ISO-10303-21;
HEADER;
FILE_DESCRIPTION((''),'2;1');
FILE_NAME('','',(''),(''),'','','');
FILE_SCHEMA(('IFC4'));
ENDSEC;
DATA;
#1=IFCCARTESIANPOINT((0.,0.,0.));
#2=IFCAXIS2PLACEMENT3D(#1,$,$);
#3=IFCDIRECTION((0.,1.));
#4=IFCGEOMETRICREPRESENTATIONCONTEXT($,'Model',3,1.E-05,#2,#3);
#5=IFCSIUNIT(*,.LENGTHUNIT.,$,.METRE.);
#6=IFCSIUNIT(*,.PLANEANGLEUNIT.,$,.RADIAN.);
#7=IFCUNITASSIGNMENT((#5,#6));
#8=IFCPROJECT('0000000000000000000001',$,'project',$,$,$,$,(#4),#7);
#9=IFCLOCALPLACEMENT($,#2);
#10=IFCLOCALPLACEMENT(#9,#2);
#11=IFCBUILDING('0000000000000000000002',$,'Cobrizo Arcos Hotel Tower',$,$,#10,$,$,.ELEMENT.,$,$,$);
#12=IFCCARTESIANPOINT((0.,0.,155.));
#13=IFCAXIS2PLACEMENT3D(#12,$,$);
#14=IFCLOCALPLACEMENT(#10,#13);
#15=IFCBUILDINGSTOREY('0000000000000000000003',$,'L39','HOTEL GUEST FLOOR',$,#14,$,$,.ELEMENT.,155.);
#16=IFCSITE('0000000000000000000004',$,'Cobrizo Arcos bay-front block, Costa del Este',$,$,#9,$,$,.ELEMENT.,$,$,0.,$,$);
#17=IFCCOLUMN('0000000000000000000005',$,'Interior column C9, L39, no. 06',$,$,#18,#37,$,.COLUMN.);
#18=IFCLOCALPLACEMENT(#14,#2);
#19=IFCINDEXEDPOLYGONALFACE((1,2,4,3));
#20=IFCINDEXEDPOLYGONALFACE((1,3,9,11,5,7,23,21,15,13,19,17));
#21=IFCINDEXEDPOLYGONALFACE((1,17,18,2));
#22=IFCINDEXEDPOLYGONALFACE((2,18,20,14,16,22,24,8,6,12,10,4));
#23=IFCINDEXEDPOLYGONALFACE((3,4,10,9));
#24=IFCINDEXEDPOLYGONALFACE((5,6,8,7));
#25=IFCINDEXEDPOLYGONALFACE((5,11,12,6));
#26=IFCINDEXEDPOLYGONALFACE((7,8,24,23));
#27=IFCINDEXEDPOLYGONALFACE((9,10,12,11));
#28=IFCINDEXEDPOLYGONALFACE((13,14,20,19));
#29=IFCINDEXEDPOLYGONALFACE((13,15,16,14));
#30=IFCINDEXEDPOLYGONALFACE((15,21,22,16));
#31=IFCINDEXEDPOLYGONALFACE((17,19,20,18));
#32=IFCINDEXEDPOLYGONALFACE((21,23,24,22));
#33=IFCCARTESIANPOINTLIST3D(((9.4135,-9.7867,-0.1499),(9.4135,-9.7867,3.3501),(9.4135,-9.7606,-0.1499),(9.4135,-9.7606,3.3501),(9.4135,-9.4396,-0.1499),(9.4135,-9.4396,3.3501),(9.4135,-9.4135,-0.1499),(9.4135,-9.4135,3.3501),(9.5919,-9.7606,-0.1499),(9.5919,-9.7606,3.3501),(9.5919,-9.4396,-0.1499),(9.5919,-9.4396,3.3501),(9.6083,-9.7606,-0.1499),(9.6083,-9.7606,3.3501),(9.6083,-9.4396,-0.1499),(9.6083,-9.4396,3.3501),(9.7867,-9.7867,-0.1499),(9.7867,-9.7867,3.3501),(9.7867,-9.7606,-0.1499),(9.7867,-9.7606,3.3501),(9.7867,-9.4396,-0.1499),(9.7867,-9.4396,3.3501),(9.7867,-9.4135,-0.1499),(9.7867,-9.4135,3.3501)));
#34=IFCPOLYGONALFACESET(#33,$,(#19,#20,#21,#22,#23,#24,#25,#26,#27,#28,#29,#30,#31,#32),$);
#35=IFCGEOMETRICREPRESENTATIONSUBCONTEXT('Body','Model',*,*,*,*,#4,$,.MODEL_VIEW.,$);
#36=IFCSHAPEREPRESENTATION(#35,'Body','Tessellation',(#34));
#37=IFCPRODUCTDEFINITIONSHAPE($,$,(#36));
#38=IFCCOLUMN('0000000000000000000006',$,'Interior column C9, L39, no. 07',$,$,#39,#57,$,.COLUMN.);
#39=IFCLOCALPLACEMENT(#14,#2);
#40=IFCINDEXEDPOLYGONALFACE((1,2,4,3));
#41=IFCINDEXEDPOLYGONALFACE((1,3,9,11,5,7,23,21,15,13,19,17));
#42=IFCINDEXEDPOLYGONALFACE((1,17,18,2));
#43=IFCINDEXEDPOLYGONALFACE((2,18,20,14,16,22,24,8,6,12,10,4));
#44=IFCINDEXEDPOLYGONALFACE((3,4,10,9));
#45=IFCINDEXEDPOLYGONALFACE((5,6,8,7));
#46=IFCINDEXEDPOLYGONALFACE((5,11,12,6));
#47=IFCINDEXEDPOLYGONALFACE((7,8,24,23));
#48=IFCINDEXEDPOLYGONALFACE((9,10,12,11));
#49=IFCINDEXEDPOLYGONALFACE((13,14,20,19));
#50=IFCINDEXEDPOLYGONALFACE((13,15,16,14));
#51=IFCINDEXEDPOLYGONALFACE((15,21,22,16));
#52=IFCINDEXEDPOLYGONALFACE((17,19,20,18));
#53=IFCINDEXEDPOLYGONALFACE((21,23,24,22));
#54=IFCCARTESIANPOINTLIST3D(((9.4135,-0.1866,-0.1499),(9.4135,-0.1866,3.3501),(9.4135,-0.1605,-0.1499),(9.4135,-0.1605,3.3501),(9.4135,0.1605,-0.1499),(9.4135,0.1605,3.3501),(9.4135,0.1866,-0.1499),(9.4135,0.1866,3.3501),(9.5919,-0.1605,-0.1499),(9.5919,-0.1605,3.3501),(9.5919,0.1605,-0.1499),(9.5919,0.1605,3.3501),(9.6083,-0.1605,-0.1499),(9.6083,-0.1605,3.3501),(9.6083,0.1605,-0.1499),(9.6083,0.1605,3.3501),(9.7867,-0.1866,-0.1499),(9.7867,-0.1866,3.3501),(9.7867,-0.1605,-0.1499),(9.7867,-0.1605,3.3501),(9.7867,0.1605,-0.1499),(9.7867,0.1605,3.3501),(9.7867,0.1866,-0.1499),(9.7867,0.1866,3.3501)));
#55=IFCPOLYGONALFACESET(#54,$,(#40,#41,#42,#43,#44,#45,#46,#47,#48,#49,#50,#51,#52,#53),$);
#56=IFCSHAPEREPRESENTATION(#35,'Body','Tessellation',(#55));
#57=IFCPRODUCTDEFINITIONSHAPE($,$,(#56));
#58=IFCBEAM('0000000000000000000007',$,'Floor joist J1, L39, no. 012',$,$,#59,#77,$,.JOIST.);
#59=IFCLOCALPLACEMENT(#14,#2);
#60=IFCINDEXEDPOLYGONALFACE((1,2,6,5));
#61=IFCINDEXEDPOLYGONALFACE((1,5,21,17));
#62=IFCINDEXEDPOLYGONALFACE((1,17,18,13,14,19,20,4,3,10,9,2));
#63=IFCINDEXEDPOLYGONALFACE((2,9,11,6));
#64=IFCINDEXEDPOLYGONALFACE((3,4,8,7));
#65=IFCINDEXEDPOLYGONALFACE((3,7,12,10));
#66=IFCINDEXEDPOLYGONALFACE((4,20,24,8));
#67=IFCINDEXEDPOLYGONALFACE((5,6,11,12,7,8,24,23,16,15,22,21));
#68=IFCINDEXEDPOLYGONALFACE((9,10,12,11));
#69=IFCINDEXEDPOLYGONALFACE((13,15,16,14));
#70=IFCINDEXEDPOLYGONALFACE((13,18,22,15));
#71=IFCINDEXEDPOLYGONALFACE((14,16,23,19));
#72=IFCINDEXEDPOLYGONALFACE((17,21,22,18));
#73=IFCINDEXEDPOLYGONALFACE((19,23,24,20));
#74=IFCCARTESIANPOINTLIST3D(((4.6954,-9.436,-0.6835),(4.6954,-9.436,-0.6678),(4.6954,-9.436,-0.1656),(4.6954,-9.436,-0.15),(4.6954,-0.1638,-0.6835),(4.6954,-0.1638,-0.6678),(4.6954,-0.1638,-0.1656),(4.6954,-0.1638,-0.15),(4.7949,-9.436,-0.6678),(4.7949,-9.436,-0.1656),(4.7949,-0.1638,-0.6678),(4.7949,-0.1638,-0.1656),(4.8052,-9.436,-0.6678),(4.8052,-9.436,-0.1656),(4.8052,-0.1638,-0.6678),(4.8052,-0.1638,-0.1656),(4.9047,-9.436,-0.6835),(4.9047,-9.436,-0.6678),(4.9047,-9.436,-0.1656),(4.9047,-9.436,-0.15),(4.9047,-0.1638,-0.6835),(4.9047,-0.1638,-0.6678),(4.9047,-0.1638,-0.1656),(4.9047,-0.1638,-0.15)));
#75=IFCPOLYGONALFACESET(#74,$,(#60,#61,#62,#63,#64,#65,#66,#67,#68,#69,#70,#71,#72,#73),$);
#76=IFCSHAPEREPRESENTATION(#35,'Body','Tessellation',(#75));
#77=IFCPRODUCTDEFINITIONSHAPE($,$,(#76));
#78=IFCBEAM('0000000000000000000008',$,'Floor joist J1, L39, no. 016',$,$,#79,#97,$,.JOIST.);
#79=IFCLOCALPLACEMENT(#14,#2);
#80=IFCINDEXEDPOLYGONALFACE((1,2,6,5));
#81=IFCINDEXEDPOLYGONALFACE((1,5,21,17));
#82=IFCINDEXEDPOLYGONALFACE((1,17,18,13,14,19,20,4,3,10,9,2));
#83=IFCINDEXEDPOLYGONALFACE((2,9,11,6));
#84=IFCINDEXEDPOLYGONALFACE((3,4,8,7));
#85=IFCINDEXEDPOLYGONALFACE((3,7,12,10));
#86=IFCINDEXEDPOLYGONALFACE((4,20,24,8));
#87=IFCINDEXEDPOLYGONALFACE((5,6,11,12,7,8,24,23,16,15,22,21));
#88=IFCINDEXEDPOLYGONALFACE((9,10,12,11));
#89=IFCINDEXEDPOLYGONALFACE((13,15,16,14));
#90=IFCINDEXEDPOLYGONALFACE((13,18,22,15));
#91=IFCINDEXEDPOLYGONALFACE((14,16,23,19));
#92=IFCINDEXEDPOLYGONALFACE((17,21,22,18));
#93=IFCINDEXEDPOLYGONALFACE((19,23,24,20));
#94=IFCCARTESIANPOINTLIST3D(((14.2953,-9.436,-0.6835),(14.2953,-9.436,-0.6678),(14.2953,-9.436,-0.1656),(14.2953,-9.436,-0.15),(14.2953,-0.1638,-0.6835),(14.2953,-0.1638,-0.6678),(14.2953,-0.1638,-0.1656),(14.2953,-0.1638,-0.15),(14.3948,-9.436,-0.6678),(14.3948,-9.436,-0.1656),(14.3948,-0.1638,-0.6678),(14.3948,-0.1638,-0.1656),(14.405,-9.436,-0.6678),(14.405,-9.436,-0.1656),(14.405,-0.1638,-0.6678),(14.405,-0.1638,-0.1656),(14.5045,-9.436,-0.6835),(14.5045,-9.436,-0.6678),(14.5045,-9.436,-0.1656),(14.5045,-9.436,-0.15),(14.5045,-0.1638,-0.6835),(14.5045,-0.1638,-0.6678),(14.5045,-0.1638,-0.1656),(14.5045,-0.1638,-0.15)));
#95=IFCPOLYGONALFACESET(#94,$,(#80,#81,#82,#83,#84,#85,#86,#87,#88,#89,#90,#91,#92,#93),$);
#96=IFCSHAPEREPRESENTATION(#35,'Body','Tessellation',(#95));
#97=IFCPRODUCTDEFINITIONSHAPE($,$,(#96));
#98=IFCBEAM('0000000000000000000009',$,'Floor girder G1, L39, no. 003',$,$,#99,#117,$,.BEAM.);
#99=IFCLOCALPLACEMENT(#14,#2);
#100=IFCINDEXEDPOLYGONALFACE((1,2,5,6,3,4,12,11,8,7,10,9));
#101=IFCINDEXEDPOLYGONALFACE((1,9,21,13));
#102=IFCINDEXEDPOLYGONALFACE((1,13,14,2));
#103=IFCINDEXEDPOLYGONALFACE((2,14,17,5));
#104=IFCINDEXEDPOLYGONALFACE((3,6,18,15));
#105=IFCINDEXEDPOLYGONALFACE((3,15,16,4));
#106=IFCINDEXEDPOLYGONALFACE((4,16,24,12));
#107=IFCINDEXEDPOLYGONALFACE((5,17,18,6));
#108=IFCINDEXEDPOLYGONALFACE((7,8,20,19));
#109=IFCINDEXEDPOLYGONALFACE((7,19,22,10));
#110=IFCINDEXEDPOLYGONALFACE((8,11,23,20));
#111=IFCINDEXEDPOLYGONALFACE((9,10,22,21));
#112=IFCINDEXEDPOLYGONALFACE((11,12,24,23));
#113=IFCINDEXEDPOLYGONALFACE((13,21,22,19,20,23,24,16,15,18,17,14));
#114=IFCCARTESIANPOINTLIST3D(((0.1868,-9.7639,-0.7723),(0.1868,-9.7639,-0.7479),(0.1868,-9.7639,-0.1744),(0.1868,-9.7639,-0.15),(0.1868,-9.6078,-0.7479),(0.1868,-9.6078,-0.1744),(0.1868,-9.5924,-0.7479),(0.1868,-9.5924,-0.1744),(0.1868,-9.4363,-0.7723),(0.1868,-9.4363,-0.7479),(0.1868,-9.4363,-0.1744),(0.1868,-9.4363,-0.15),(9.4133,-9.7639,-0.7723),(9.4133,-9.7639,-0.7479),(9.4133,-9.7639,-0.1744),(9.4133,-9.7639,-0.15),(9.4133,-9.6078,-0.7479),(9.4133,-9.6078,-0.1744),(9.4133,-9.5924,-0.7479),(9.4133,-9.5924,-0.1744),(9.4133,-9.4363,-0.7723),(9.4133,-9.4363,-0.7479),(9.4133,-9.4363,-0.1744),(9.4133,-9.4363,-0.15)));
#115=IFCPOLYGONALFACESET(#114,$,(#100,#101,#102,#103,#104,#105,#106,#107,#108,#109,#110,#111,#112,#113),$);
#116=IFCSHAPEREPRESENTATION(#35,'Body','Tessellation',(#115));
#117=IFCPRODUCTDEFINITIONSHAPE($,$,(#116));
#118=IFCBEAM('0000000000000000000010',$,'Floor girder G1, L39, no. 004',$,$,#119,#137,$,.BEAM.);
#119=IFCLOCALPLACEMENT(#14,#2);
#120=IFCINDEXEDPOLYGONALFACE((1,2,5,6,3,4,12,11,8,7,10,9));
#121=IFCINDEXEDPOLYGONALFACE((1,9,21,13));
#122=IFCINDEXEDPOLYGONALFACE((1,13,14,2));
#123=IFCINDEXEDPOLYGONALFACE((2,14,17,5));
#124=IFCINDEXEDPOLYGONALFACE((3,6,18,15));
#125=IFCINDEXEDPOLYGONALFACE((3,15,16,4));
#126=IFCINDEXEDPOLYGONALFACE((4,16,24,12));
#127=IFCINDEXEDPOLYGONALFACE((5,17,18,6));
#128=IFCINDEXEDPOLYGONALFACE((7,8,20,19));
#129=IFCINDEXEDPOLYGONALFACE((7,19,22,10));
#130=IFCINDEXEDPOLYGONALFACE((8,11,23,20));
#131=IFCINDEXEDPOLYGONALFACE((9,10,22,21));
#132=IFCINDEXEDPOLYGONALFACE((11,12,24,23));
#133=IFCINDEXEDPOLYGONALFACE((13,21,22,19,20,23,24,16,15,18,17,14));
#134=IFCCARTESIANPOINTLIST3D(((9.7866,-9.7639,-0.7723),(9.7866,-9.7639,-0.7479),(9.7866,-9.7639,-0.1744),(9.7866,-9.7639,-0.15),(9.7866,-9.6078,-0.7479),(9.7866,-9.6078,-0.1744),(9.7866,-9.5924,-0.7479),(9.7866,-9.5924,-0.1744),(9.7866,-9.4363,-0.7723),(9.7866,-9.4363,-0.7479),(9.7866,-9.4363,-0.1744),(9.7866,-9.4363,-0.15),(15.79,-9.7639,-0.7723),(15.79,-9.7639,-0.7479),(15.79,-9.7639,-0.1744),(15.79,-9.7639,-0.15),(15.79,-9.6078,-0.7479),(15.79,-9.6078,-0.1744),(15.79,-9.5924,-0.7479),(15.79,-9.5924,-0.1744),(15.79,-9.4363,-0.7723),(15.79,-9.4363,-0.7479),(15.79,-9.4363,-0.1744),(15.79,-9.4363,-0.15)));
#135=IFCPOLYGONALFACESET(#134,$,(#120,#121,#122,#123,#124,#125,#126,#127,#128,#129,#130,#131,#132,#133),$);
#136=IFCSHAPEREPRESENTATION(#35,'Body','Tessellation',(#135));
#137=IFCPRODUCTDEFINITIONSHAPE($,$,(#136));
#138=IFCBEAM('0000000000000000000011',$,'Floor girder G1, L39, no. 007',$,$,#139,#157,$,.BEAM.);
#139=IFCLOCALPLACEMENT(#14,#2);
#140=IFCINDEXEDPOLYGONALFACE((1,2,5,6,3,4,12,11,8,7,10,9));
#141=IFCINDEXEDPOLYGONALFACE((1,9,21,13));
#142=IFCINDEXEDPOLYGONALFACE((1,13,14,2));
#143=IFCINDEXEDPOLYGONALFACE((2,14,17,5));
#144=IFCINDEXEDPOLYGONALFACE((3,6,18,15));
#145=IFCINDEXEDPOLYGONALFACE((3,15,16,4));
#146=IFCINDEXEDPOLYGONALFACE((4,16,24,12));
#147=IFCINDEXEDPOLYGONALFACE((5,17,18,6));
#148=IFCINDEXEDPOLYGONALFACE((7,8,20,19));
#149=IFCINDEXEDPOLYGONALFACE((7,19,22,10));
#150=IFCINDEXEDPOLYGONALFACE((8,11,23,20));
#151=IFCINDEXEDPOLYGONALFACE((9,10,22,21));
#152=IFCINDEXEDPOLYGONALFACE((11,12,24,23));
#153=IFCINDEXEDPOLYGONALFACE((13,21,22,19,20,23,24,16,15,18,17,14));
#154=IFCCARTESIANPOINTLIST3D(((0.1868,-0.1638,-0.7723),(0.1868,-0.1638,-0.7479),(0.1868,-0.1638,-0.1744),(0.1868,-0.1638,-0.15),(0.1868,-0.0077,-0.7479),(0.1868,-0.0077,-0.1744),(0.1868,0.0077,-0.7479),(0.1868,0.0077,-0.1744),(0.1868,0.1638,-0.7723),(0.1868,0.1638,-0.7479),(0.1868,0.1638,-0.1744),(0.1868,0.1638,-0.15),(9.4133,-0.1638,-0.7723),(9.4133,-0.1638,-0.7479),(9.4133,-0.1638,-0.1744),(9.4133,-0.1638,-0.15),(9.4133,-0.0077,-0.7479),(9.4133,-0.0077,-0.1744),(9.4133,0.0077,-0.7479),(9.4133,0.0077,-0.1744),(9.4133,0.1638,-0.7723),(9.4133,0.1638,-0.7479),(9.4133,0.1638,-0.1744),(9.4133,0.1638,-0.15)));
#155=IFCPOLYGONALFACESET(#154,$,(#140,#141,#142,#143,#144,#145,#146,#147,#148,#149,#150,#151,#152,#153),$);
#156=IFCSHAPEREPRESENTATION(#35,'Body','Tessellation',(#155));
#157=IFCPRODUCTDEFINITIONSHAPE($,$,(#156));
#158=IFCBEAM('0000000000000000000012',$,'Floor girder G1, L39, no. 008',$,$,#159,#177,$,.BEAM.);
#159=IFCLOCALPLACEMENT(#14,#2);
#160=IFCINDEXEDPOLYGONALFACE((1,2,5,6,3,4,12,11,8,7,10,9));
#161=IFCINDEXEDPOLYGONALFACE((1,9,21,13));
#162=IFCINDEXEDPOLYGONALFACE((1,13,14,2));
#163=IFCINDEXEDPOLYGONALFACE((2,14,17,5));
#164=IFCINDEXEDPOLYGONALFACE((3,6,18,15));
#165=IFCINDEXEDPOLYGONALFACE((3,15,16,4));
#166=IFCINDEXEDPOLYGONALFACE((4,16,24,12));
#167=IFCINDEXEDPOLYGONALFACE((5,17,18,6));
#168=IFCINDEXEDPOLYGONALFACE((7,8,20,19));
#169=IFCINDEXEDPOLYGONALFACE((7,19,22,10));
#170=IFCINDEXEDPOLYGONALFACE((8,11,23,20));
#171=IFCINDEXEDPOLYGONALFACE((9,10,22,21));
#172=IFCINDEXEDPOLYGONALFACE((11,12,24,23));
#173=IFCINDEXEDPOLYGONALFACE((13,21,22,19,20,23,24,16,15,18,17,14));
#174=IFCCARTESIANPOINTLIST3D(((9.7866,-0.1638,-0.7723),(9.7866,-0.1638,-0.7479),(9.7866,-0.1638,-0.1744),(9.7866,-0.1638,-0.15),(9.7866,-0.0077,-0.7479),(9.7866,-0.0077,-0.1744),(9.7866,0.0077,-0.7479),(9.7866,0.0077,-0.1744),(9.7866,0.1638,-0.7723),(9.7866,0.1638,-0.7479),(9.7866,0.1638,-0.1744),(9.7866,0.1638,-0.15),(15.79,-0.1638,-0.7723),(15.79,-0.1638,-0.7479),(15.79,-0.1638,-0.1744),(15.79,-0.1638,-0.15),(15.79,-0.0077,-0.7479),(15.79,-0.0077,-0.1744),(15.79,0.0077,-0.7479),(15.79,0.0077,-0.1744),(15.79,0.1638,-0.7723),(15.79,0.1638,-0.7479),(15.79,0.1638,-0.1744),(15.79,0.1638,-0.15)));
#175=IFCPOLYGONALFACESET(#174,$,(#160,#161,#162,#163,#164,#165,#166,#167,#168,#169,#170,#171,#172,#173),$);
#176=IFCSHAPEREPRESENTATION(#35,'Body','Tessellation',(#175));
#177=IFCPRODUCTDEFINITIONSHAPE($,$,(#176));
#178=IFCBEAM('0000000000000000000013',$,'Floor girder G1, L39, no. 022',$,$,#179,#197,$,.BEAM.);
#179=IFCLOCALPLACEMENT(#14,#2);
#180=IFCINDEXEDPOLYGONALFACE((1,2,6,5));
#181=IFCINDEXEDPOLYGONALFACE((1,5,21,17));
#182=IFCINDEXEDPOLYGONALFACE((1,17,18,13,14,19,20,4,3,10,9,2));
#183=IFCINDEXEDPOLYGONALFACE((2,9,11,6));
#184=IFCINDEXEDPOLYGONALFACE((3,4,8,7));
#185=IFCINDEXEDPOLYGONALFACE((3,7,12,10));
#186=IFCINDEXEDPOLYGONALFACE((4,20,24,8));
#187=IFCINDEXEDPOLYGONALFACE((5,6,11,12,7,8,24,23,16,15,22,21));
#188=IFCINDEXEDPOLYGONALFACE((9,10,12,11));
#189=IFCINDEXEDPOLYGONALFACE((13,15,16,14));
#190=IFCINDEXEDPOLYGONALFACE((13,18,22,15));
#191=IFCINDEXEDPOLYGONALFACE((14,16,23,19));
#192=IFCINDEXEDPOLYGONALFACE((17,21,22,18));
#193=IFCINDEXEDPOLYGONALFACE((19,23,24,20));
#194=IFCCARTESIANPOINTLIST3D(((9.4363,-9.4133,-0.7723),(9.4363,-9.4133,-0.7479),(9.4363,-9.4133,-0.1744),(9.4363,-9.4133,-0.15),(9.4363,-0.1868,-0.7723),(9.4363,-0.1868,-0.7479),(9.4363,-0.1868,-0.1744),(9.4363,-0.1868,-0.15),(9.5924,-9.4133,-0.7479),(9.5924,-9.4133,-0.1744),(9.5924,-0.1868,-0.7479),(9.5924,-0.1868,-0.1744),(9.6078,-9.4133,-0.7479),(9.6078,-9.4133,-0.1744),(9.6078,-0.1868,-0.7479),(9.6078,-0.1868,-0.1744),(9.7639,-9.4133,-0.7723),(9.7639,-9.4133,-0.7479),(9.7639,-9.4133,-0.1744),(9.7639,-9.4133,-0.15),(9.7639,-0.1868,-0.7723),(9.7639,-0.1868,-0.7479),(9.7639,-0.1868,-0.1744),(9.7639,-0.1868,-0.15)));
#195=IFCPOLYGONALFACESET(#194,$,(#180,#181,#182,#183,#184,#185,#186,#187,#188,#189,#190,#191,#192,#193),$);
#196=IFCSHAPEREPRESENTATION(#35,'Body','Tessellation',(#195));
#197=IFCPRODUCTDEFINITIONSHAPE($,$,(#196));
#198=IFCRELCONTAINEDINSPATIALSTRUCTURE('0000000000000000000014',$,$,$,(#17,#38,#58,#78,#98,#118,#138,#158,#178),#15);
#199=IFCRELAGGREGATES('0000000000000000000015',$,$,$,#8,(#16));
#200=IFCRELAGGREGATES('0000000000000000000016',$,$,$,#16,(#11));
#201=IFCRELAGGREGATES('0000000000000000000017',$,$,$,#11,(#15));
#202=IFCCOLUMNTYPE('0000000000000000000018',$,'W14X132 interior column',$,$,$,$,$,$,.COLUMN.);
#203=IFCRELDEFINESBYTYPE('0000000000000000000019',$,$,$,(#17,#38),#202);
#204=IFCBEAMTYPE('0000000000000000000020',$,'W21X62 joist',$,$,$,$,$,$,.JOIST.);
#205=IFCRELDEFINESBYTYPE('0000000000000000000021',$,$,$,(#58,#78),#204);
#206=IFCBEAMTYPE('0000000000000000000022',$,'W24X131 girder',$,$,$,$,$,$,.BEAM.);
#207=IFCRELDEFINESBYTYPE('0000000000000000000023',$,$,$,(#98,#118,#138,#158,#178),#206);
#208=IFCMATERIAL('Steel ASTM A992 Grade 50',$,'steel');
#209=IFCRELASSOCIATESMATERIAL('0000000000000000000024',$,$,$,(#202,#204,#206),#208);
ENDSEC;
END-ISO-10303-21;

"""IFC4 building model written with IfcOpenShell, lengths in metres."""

from ifc_helpers import new_model, si_unit, direction, frame, origin, origin_2d, place, context, subcontext, project, spatial, i_section, extrude, material, material_profile, profile_set, type_object, element, save


model = new_model("IFC4")

# Units and contexts
model_context = context("Model", 3, precision=1e-05, world=origin(), true_north=direction((0.0, 1.0)))
body_context = subcontext(model_context, "Body", "Model", "MODEL_VIEW")
ifc_project = project(units=[si_unit("LENGTHUNIT", "METRE"), si_unit("PLANEANGLEUNIT", "RADIAN")], contexts=[model_context])

# Site, building, storey
site_placement = place(None, origin())
site = spatial("IfcSite", under=ifc_project, at=site_placement, Name="Cobrizo Arcos bay-front block, Costa del Este", CompositionType="ELEMENT", RefElevation=0.0)
building_placement = place(site_placement, origin())
building = spatial("IfcBuilding", under=site, at=building_placement, Name="Cobrizo Arcos Hotel Tower", CompositionType="ELEMENT")
storey_placement = place(building_placement, frame((0.0, 0.0, 155.0)))
storey = spatial("IfcBuildingStorey", under=building, at=storey_placement, Name="L39", Description="HOTEL GUEST FLOOR", CompositionType="ELEMENT", Elevation=155.0)

# Columns
ifc_material_1 = material(Name="Steel ASTM A992 Grade 50", Category="steel")
ifc_material_profile_1 = material_profile(ifc_material_1, i_section(OverallWidth=0.3733, OverallDepth=0.3733, WebThickness=0.0164, FlangeThickness=0.0261, at=origin_2d()), Name="W14X132")
ifc_profile_set_1 = profile_set([ifc_material_profile_1], Name="Steel ASTM A992 Grade 50")
column_type = type_object("IfcColumnType", Name="W14X132 interior column", PredefinedType="COLUMN", material=ifc_profile_set_1)
for number, where, z_axis, x_axis, name in (
    (1, (9.6001, -9.6001, -0.1499), (0.0, 0.0, 1.0), (1.0, 0.0, 0.0), "Interior column C9, L39, no. 06"),
    (2, (9.6001, 0.0, -0.1499), (0.0, 0.0, 1.0), (1.0, 0.0, 0.0), "Interior column C9, L39, no. 07"),
):
    element("IfcColumn", number, at=place(storey_placement, frame(where, z_axis=z_axis, x_axis=x_axis)), inside=storey, type_object=column_type, Name=name, PredefinedType="COLUMN", context=body_context, shape_type="SweptSolid", body=[
        extrude(i_section(OverallWidth=0.3733, OverallDepth=0.3733, WebThickness=0.0164, FlangeThickness=0.0261, at=origin_2d()), origin(), (0.0, 0.0, 1.0), 3.5),
    ])

# Beams
ifc_material_profile_2 = material_profile(ifc_material_1, i_section(OverallWidth=0.2092, OverallDepth=0.5334, WebThickness=0.0103, FlangeThickness=0.0156, at=origin_2d()), Name="W21X62")
ifc_profile_set_2 = profile_set([ifc_material_profile_2], Name="Steel ASTM A992 Grade 50")
beam_type_1 = type_object("IfcBeamType", Name="W21X62 joist", PredefinedType="JOIST", material=ifc_profile_set_2)
for number, where, z_axis, x_axis, name in (
    (3, (4.8, -9.436, -0.4167), (0.0, 1.0, 0.0), (-1.0, 0.0, 0.0), "Floor joist J1, L39, no. 012"),
    (4, (14.3999, -9.436, -0.4167), (0.0, 1.0, 0.0), (-1.0, 0.0, 0.0), "Floor joist J1, L39, no. 016"),
):
    element("IfcBeam", number, at=place(storey_placement, frame(where, z_axis=z_axis, x_axis=x_axis)), inside=storey, type_object=beam_type_1, Name=name, PredefinedType="JOIST", context=body_context, shape_type="SweptSolid", body=[
        extrude(i_section(OverallWidth=0.2092, OverallDepth=0.5334, WebThickness=0.0103, FlangeThickness=0.0156, at=origin_2d()), origin(), (0.0, 0.0, 1.0), 9.2722),
    ])
ifc_material_profile_3 = material_profile(ifc_material_1, i_section(OverallWidth=0.3276, OverallDepth=0.6223, WebThickness=0.0154, FlangeThickness=0.0244, at=origin_2d()), Name="W24X131")
ifc_profile_set_3 = profile_set([ifc_material_profile_3], Name="Steel ASTM A992 Grade 50")
beam_type_2 = type_object("IfcBeamType", Name="W24X131 girder", PredefinedType="BEAM", material=ifc_profile_set_3)
beam_1_placement = place(storey_placement, frame((0.1868, -9.6001, -0.4612), z_axis=(1.0, 0.0, 0.0), x_axis=(0.0, 1.0, 0.0)))
element("IfcBeam", 5, at=beam_1_placement, inside=storey, type_object=beam_type_2, Name="Floor girder G1, L39, no. 003", PredefinedType="BEAM", context=body_context, shape_type="SweptSolid", body=[
    extrude(i_section(OverallWidth=0.3276, OverallDepth=0.6223, WebThickness=0.0154, FlangeThickness=0.0244, at=origin_2d()), origin(), (0.0, 0.0, 1.0), 9.2266),
])
beam_2_placement = place(storey_placement, frame((9.7866, -9.6001, -0.4612), z_axis=(1.0, 0.0, 0.0), x_axis=(0.0, 1.0, 0.0)))
element("IfcBeam", 6, at=beam_2_placement, inside=storey, type_object=beam_type_2, Name="Floor girder G1, L39, no. 004", PredefinedType="BEAM", context=body_context, shape_type="SweptSolid", body=[
    extrude(i_section(OverallWidth=0.3276, OverallDepth=0.6223, WebThickness=0.0154, FlangeThickness=0.0244, at=origin_2d()), origin(), (0.0, 0.0, 1.0), 6.0034),
])
beam_3_placement = place(storey_placement, frame((0.1868, 0.0, -0.4612), z_axis=(1.0, 0.0, 0.0), x_axis=(0.0, 1.0, 0.0)))
element("IfcBeam", 7, at=beam_3_placement, inside=storey, type_object=beam_type_2, Name="Floor girder G1, L39, no. 007", PredefinedType="BEAM", context=body_context, shape_type="SweptSolid", body=[
    extrude(i_section(OverallWidth=0.3276, OverallDepth=0.6223, WebThickness=0.0154, FlangeThickness=0.0244, at=origin_2d()), origin(), (0.0, 0.0, 1.0), 9.2266),
])
beam_4_placement = place(storey_placement, frame((9.7866, 0.0, -0.4612), z_axis=(1.0, 0.0, 0.0), x_axis=(0.0, 1.0, 0.0)))
element("IfcBeam", 8, at=beam_4_placement, inside=storey, type_object=beam_type_2, Name="Floor girder G1, L39, no. 008", PredefinedType="BEAM", context=body_context, shape_type="SweptSolid", body=[
    extrude(i_section(OverallWidth=0.3276, OverallDepth=0.6223, WebThickness=0.0154, FlangeThickness=0.0244, at=origin_2d()), origin(), (0.0, 0.0, 1.0), 6.0034),
])
beam_5_placement = place(storey_placement, frame((9.6001, -9.4133, -0.4612), z_axis=(0.0, 1.0, 0.0), x_axis=(-1.0, 0.0, 0.0)))
element("IfcBeam", 9, at=beam_5_placement, inside=storey, type_object=beam_type_2, Name="Floor girder G1, L39, no. 022", PredefinedType="BEAM", context=body_context, shape_type="SweptSolid", body=[
    extrude(i_section(OverallWidth=0.3276, OverallDepth=0.6223, WebThickness=0.0154, FlangeThickness=0.0244, at=origin_2d()), origin(), (0.0, 0.0, 1.0), 9.2266),
])

save(model, "model.ifc")
